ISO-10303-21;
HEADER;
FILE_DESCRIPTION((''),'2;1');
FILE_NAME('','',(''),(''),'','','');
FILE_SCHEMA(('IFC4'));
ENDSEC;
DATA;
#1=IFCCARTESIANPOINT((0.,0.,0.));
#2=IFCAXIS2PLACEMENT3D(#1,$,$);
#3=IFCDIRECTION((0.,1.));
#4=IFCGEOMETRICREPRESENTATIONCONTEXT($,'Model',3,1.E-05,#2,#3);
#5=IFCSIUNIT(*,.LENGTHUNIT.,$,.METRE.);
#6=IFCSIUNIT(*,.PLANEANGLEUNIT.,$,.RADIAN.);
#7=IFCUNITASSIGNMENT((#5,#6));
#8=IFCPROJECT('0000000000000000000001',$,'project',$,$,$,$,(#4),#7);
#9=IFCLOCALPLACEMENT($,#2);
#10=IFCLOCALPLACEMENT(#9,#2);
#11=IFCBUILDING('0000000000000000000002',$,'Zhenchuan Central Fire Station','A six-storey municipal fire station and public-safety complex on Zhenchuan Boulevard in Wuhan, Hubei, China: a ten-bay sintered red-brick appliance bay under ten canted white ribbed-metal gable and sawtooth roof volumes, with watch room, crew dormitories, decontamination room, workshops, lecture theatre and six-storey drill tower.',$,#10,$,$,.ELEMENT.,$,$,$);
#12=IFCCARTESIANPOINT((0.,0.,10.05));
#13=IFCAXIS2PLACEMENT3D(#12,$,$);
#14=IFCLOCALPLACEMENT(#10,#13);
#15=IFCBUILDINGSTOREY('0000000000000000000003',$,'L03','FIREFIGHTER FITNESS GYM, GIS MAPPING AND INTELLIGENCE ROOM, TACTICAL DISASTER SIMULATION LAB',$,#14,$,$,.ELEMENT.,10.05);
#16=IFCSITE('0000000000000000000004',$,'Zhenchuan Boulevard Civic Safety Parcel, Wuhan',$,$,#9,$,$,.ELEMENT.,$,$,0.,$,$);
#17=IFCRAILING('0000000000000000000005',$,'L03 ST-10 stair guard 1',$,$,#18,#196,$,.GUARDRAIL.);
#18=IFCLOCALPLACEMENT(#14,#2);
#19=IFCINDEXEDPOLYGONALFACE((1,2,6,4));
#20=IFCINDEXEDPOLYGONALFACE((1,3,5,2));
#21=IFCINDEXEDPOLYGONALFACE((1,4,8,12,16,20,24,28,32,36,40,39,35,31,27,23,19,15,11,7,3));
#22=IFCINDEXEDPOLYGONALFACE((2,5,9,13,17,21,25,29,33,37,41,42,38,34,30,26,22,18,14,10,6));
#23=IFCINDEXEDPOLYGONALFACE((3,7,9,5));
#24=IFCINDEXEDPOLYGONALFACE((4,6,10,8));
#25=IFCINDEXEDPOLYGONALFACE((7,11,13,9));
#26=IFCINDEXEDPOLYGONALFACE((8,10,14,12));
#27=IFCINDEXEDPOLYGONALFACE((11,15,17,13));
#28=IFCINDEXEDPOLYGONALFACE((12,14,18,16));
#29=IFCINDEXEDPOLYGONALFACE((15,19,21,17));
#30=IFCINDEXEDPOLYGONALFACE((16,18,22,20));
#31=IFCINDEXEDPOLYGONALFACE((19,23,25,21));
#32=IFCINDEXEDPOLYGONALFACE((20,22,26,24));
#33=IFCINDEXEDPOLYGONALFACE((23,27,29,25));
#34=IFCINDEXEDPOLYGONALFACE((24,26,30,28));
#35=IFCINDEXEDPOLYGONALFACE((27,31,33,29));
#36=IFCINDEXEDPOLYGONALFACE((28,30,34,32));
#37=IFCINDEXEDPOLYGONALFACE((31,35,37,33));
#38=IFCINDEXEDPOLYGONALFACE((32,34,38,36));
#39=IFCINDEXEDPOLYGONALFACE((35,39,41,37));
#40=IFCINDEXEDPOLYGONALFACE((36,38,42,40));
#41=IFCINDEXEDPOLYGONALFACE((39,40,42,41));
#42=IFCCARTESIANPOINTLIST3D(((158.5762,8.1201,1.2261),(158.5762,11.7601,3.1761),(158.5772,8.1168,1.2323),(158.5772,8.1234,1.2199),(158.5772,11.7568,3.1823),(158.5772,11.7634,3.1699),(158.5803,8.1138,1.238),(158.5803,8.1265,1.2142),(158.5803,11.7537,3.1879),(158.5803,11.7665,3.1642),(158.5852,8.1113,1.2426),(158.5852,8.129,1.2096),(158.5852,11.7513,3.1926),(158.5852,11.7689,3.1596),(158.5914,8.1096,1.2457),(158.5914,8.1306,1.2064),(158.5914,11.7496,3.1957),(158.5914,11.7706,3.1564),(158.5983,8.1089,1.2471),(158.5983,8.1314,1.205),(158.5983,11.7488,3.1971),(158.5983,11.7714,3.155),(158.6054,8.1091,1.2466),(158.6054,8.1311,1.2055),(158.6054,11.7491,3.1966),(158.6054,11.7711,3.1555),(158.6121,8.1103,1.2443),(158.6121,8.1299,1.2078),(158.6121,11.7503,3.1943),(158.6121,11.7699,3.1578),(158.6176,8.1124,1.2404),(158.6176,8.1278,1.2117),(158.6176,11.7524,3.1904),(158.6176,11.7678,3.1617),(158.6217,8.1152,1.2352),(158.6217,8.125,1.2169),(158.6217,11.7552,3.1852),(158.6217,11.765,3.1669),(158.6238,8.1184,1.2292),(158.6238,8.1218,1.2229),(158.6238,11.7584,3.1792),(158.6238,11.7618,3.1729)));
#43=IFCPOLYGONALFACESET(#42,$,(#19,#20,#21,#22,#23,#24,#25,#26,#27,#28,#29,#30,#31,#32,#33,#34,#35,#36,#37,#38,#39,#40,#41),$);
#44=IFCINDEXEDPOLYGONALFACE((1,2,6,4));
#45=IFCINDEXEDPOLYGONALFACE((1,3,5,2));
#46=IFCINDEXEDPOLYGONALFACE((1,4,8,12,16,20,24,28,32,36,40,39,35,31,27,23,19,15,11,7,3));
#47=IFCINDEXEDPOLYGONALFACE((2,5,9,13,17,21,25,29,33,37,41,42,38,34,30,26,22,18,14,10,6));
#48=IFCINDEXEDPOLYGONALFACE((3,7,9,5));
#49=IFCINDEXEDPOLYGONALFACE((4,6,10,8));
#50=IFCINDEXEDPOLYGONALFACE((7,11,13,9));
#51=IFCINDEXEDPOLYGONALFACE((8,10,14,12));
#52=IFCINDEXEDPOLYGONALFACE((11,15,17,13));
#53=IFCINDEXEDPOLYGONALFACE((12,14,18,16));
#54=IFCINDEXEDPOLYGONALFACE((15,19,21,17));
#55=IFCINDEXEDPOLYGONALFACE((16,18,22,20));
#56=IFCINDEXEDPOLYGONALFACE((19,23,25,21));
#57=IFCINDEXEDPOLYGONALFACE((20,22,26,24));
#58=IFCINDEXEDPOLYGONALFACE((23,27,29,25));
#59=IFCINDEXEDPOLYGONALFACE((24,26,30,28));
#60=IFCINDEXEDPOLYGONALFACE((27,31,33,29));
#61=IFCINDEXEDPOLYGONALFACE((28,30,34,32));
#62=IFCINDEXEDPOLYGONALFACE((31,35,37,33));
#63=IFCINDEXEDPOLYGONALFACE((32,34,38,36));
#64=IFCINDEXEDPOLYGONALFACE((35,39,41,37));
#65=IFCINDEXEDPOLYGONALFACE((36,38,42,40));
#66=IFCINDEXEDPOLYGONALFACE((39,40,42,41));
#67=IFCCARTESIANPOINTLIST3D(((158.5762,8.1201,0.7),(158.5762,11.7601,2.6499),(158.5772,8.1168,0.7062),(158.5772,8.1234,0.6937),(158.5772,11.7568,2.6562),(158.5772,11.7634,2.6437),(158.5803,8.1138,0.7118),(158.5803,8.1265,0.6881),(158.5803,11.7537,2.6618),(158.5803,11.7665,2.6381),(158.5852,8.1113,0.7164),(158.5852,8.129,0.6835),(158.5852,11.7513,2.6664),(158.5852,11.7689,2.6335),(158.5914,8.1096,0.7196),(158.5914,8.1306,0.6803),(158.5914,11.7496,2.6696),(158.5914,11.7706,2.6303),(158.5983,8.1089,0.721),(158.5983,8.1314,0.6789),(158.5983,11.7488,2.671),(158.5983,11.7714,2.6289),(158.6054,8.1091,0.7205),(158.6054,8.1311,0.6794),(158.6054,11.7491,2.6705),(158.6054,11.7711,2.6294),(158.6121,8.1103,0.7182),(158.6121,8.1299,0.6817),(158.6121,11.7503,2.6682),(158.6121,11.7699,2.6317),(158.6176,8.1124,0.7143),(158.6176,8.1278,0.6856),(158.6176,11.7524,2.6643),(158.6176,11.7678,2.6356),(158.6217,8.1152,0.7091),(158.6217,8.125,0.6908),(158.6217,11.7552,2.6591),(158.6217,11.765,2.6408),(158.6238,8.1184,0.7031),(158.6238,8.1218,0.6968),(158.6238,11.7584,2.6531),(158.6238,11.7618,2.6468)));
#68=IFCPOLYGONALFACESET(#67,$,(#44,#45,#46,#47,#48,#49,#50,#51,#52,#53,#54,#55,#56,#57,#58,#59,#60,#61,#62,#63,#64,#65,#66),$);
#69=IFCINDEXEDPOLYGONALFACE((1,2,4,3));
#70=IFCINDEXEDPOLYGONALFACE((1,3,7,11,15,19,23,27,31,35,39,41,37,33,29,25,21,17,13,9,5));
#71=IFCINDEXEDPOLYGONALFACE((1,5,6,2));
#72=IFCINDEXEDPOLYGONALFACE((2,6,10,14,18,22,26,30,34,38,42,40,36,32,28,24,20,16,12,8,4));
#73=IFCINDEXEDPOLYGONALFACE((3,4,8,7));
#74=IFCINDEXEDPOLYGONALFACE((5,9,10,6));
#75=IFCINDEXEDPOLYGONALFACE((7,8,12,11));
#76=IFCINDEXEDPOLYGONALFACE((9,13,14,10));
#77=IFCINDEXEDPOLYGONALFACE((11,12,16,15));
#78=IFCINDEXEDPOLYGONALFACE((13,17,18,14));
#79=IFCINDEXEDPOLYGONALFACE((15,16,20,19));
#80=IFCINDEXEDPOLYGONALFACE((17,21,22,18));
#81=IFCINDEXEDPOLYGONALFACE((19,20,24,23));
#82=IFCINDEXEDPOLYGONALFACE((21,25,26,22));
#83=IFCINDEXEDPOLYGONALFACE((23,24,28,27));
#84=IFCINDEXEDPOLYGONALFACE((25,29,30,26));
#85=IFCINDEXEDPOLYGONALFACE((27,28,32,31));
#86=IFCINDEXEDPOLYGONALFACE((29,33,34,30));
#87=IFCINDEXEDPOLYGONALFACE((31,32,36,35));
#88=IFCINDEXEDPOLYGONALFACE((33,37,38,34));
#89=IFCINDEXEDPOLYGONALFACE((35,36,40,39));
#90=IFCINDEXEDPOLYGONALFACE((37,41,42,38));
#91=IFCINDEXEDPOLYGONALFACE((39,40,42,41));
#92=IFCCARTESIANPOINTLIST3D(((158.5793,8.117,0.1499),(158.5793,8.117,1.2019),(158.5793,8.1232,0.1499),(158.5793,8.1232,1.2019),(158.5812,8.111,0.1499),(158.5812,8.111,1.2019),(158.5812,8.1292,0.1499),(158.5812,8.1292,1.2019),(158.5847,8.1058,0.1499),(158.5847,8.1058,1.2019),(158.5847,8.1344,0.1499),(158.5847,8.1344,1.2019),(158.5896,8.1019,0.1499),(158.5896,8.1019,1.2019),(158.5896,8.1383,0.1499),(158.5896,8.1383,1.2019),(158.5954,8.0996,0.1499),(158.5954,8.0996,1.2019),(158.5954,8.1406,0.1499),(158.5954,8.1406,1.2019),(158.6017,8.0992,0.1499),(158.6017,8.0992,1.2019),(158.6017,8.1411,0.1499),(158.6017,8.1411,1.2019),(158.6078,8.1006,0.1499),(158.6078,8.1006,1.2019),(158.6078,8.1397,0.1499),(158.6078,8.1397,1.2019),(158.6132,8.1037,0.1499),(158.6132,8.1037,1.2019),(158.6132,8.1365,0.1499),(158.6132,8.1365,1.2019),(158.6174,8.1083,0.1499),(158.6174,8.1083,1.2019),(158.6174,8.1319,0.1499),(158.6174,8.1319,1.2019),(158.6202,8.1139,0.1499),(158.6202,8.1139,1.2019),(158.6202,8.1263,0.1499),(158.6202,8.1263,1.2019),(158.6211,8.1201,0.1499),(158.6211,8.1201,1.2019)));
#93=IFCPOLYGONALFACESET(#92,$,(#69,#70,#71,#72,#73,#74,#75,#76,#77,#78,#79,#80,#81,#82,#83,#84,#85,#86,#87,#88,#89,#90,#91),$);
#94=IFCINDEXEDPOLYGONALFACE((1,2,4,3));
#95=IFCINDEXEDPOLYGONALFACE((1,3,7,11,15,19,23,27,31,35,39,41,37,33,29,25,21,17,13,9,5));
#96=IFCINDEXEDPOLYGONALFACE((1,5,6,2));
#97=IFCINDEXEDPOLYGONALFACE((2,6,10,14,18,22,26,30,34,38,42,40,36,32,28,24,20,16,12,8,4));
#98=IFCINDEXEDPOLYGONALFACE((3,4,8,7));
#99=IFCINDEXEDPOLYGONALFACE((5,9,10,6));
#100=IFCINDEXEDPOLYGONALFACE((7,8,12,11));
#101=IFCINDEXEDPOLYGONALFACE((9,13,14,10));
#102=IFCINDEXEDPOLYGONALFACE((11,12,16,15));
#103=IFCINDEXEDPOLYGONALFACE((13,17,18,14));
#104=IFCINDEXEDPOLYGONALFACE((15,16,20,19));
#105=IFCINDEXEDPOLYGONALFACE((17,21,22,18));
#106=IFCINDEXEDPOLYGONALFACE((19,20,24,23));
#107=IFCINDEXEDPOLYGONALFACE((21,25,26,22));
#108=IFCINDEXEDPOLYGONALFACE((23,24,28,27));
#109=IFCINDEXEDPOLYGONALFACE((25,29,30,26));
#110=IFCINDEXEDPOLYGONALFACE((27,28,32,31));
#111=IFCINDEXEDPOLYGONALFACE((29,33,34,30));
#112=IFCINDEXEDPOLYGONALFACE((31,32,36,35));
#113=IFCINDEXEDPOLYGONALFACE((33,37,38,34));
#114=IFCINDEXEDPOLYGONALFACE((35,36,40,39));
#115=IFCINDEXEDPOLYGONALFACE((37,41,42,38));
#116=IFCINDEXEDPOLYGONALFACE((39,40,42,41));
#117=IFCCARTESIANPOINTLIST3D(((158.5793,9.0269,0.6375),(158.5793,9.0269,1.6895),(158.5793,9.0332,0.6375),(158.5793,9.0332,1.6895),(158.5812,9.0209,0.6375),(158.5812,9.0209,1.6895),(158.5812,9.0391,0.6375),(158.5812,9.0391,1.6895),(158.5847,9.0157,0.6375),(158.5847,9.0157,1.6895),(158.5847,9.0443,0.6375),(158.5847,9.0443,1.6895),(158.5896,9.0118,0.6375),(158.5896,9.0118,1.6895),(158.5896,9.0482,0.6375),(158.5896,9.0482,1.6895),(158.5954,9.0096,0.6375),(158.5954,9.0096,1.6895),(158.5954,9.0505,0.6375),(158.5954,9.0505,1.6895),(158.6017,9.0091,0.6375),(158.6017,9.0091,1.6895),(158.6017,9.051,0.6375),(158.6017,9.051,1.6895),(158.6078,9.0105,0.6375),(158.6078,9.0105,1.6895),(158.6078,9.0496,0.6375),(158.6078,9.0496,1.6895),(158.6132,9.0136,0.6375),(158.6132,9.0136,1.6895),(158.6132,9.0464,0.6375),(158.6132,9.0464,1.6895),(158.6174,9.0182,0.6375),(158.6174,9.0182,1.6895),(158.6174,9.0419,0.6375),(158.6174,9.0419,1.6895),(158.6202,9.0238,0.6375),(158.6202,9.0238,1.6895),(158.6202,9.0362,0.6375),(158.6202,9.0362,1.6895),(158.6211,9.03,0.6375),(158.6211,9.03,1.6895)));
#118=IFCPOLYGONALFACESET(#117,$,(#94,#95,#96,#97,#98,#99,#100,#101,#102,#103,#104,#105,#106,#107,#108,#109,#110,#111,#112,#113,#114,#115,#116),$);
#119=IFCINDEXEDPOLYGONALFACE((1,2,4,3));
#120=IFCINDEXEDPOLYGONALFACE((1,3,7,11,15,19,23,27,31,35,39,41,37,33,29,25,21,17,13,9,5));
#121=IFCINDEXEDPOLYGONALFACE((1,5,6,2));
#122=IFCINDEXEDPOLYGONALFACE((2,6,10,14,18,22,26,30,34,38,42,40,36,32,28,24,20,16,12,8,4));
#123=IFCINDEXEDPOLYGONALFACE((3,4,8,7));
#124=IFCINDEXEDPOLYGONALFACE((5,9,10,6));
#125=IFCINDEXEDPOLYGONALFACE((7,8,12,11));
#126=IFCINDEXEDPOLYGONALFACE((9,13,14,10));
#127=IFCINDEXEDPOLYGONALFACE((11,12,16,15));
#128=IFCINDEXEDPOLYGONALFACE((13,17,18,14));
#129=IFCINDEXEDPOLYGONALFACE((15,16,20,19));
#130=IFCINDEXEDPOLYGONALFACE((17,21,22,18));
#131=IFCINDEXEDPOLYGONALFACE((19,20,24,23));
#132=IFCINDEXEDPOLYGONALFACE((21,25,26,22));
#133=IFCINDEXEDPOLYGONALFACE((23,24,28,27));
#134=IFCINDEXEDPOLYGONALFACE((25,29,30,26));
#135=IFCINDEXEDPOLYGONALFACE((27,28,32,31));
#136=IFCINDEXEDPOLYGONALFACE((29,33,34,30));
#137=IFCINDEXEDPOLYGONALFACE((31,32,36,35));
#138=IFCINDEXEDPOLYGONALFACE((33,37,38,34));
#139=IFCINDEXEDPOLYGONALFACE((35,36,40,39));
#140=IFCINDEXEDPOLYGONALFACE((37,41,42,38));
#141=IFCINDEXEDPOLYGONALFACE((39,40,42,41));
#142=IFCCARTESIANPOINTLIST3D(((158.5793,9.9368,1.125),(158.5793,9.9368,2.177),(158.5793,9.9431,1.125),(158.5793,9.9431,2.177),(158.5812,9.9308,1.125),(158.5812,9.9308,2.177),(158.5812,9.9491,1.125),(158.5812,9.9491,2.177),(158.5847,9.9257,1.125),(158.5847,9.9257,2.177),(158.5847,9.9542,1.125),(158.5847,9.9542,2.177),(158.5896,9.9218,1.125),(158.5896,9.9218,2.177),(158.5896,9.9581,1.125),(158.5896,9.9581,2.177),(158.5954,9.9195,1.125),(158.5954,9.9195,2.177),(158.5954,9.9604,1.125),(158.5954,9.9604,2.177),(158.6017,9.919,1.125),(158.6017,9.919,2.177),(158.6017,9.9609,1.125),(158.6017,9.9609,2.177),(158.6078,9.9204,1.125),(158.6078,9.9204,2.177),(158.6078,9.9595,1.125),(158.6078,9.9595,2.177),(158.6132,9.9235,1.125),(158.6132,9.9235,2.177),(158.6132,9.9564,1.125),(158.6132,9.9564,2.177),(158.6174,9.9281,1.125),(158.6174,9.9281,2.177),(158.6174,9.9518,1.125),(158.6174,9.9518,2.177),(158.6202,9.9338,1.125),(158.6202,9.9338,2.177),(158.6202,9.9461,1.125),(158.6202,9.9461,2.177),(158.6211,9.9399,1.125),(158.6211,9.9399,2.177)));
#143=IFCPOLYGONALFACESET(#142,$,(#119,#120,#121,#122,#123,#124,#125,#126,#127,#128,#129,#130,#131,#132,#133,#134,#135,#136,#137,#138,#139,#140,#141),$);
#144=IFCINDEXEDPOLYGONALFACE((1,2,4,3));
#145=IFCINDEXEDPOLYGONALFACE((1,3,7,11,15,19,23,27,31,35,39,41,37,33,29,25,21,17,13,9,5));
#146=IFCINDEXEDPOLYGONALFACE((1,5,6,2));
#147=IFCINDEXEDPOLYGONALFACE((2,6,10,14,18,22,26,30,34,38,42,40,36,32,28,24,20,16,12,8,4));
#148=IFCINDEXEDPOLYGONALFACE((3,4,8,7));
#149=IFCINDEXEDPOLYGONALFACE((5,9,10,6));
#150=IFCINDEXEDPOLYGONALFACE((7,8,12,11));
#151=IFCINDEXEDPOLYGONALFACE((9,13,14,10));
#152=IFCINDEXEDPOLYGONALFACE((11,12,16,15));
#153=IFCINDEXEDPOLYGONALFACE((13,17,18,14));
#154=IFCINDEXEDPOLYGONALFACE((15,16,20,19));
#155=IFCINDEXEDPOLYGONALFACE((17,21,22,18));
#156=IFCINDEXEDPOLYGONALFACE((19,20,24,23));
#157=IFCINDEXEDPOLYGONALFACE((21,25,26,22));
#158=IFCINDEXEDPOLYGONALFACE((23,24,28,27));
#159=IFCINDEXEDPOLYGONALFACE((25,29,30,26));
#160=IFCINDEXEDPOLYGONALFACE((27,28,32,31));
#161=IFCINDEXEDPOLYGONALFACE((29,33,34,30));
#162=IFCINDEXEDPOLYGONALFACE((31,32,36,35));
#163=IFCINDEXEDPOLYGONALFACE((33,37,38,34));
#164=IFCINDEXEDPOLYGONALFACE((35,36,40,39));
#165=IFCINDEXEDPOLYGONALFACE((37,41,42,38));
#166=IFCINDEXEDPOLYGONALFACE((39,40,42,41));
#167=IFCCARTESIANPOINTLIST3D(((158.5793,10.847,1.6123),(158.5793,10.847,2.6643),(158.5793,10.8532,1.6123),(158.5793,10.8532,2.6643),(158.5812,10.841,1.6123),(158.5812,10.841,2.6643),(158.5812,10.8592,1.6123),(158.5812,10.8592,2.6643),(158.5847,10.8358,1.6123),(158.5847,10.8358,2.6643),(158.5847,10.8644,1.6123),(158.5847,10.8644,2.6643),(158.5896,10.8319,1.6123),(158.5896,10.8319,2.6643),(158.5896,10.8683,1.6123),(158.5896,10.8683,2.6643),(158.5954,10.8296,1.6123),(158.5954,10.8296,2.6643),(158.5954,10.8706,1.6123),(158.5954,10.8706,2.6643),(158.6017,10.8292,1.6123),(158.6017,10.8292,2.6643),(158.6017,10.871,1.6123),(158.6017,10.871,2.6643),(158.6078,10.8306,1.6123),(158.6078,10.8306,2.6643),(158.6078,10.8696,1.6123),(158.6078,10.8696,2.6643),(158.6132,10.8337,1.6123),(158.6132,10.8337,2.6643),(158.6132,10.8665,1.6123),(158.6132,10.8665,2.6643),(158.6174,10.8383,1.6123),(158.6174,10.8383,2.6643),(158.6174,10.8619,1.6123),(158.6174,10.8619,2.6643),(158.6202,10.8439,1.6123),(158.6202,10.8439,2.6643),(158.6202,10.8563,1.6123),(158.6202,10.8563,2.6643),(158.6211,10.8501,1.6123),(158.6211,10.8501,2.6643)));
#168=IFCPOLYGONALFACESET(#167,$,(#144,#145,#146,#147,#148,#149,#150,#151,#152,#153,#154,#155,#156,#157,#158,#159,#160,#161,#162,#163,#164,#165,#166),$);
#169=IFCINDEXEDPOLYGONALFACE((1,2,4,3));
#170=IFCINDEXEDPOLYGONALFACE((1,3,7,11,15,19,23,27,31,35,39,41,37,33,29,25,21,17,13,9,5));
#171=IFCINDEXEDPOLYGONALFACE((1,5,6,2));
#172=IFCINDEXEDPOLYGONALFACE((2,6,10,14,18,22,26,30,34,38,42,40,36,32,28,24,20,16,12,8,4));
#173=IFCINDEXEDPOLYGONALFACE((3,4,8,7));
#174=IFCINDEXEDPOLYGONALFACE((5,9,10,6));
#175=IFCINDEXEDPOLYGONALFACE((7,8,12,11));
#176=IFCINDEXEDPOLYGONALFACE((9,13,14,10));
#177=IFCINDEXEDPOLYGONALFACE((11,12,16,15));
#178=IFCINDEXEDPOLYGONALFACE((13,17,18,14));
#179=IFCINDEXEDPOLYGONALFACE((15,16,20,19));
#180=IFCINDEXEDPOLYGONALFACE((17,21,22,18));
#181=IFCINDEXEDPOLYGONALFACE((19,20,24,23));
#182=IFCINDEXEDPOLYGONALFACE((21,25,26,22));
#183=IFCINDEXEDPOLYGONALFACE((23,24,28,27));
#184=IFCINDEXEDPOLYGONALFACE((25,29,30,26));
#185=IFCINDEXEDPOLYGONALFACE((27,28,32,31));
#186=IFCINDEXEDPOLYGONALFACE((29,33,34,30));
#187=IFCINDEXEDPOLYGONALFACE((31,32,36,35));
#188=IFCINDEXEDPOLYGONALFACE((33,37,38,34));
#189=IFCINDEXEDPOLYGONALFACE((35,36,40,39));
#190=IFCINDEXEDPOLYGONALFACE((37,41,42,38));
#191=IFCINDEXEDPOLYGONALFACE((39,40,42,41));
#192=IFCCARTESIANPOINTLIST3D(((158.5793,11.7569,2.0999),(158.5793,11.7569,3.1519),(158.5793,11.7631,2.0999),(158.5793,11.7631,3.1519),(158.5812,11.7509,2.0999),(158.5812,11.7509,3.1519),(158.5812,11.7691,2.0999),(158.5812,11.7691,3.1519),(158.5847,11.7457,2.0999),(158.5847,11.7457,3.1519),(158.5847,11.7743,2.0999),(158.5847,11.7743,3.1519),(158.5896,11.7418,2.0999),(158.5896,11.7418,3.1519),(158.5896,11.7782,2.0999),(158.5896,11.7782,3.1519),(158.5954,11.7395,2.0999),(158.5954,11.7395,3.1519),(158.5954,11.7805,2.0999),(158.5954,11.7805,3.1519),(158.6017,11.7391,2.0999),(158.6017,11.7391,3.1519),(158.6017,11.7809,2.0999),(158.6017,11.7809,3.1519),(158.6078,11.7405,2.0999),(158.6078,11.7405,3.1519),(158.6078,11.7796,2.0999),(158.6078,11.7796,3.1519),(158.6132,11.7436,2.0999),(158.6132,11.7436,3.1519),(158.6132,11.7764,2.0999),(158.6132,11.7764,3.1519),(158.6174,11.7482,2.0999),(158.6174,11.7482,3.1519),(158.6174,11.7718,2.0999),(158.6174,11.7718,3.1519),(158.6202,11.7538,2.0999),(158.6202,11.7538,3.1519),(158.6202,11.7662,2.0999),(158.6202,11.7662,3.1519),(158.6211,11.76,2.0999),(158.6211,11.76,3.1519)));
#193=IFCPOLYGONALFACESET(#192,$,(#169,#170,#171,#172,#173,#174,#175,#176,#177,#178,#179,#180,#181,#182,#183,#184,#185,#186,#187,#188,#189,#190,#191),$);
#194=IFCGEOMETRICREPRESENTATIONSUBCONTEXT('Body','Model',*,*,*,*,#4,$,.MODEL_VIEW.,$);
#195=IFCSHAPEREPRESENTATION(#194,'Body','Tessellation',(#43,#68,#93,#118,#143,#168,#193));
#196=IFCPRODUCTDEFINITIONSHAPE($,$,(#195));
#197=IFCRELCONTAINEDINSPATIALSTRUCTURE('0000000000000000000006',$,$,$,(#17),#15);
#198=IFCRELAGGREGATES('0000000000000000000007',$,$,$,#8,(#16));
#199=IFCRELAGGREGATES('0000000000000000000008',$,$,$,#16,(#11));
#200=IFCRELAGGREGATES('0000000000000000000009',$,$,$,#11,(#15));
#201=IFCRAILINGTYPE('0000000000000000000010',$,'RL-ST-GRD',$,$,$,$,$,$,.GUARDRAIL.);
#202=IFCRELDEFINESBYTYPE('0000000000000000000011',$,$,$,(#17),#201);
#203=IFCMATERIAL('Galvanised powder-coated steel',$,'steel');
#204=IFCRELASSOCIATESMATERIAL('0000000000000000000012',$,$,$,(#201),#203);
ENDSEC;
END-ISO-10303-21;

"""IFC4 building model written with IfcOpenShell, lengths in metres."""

from ifc_helpers import new_model, si_unit, direction, frame, origin, origin_2d, place, context, subcontext, project, spatial, circle, extrude, material, type_object, element, save


model = new_model("IFC4")

# Units and contexts
model_context = context("Model", 3, precision=1e-05, world=origin(), true_north=direction((0.0, 1.0)))
body_context = subcontext(model_context, "Body", "Model", "MODEL_VIEW")
ifc_project = project(units=[si_unit("LENGTHUNIT", "METRE"), si_unit("PLANEANGLEUNIT", "RADIAN")], contexts=[model_context])

# Site, building, storey
site_placement = place(None, origin())
site = spatial("IfcSite", under=ifc_project, at=site_placement, Name="Zhenchuan Boulevard Civic Safety Parcel, Wuhan", CompositionType="ELEMENT", RefElevation=0.0)
building_placement = place(site_placement, origin())
building = spatial("IfcBuilding", under=site, at=building_placement, Name="Zhenchuan Central Fire Station", Description="A six-storey municipal fire station and public-safety complex on Zhenchuan Boulevard in Wuhan, Hubei, China: a ten-bay sintered red-brick appliance bay under ten canted white ribbed-metal gable and sawtooth roof volumes, with watch room, crew dormitories, decontamination room, workshops, lecture theatre and six-storey drill tower.", CompositionType="ELEMENT")
storey_placement = place(building_placement, frame((0.0, 0.0, 10.05)))
storey = spatial("IfcBuildingStorey", under=building, at=storey_placement, Name="L03", Description="FIREFIGHTER FITNESS GYM, GIS MAPPING AND INTELLIGENCE ROOM, TACTICAL DISASTER SIMULATION LAB", CompositionType="ELEMENT", Elevation=10.05)

# Railing
ifc_material_1 = material(Name="Galvanised powder-coated steel", Category="steel")
railing_type_1 = type_object("IfcRailingType", Name="RL-ST-GRD", PredefinedType="GUARDRAIL", material=ifc_material_1)
railing_1_placement = place(storey_placement, frame((158.6001, 8.1201, 0.1499)))
element("IfcRailing", 1, at=railing_1_placement, inside=storey, type_object=railing_type_1, Name="L03 ST-10 stair guard 1", PredefinedType="GUARDRAIL", context=body_context, shape_type="SweptSolid", body=[
    extrude(circle(Radius=0.0239, at=origin_2d()), frame((0.0, 0.0, 1.0762), z_axis=(0.0, 0.881479, 0.472223), x_axis=(-1.0, 0.0, 0.0)), (0.0, 0.0, 1.0), 4.1294),
    extrude(circle(Radius=0.0239, at=origin_2d()), frame((0.0, 0.0, 0.55), z_axis=(0.0, 0.881479, 0.472223), x_axis=(-1.0, 0.0, 0.0)), (0.0, 0.0, 1.0), 4.1294),
    extrude(circle(Radius=0.021, at=origin_2d()), origin(), (0.0, 0.0, 1.0), 1.052),
    extrude(circle(Radius=0.021, at=origin_2d()), frame((0.0, 0.9099, 0.4875)), (0.0, 0.0, 1.0), 1.052),
    extrude(circle(Radius=0.021, at=origin_2d()), frame((0.0, 1.8198, 0.9751)), (0.0, 0.0, 1.0), 1.052),
    extrude(circle(Radius=0.021, at=origin_2d()), frame((0.0, 2.73, 1.4624)), (0.0, 0.0, 1.0), 1.052),
    extrude(circle(Radius=0.021, at=origin_2d()), frame((0.0, 3.6399, 1.95)), (0.0, 0.0, 1.0), 1.052),
])

save(model, "model.ifc")
